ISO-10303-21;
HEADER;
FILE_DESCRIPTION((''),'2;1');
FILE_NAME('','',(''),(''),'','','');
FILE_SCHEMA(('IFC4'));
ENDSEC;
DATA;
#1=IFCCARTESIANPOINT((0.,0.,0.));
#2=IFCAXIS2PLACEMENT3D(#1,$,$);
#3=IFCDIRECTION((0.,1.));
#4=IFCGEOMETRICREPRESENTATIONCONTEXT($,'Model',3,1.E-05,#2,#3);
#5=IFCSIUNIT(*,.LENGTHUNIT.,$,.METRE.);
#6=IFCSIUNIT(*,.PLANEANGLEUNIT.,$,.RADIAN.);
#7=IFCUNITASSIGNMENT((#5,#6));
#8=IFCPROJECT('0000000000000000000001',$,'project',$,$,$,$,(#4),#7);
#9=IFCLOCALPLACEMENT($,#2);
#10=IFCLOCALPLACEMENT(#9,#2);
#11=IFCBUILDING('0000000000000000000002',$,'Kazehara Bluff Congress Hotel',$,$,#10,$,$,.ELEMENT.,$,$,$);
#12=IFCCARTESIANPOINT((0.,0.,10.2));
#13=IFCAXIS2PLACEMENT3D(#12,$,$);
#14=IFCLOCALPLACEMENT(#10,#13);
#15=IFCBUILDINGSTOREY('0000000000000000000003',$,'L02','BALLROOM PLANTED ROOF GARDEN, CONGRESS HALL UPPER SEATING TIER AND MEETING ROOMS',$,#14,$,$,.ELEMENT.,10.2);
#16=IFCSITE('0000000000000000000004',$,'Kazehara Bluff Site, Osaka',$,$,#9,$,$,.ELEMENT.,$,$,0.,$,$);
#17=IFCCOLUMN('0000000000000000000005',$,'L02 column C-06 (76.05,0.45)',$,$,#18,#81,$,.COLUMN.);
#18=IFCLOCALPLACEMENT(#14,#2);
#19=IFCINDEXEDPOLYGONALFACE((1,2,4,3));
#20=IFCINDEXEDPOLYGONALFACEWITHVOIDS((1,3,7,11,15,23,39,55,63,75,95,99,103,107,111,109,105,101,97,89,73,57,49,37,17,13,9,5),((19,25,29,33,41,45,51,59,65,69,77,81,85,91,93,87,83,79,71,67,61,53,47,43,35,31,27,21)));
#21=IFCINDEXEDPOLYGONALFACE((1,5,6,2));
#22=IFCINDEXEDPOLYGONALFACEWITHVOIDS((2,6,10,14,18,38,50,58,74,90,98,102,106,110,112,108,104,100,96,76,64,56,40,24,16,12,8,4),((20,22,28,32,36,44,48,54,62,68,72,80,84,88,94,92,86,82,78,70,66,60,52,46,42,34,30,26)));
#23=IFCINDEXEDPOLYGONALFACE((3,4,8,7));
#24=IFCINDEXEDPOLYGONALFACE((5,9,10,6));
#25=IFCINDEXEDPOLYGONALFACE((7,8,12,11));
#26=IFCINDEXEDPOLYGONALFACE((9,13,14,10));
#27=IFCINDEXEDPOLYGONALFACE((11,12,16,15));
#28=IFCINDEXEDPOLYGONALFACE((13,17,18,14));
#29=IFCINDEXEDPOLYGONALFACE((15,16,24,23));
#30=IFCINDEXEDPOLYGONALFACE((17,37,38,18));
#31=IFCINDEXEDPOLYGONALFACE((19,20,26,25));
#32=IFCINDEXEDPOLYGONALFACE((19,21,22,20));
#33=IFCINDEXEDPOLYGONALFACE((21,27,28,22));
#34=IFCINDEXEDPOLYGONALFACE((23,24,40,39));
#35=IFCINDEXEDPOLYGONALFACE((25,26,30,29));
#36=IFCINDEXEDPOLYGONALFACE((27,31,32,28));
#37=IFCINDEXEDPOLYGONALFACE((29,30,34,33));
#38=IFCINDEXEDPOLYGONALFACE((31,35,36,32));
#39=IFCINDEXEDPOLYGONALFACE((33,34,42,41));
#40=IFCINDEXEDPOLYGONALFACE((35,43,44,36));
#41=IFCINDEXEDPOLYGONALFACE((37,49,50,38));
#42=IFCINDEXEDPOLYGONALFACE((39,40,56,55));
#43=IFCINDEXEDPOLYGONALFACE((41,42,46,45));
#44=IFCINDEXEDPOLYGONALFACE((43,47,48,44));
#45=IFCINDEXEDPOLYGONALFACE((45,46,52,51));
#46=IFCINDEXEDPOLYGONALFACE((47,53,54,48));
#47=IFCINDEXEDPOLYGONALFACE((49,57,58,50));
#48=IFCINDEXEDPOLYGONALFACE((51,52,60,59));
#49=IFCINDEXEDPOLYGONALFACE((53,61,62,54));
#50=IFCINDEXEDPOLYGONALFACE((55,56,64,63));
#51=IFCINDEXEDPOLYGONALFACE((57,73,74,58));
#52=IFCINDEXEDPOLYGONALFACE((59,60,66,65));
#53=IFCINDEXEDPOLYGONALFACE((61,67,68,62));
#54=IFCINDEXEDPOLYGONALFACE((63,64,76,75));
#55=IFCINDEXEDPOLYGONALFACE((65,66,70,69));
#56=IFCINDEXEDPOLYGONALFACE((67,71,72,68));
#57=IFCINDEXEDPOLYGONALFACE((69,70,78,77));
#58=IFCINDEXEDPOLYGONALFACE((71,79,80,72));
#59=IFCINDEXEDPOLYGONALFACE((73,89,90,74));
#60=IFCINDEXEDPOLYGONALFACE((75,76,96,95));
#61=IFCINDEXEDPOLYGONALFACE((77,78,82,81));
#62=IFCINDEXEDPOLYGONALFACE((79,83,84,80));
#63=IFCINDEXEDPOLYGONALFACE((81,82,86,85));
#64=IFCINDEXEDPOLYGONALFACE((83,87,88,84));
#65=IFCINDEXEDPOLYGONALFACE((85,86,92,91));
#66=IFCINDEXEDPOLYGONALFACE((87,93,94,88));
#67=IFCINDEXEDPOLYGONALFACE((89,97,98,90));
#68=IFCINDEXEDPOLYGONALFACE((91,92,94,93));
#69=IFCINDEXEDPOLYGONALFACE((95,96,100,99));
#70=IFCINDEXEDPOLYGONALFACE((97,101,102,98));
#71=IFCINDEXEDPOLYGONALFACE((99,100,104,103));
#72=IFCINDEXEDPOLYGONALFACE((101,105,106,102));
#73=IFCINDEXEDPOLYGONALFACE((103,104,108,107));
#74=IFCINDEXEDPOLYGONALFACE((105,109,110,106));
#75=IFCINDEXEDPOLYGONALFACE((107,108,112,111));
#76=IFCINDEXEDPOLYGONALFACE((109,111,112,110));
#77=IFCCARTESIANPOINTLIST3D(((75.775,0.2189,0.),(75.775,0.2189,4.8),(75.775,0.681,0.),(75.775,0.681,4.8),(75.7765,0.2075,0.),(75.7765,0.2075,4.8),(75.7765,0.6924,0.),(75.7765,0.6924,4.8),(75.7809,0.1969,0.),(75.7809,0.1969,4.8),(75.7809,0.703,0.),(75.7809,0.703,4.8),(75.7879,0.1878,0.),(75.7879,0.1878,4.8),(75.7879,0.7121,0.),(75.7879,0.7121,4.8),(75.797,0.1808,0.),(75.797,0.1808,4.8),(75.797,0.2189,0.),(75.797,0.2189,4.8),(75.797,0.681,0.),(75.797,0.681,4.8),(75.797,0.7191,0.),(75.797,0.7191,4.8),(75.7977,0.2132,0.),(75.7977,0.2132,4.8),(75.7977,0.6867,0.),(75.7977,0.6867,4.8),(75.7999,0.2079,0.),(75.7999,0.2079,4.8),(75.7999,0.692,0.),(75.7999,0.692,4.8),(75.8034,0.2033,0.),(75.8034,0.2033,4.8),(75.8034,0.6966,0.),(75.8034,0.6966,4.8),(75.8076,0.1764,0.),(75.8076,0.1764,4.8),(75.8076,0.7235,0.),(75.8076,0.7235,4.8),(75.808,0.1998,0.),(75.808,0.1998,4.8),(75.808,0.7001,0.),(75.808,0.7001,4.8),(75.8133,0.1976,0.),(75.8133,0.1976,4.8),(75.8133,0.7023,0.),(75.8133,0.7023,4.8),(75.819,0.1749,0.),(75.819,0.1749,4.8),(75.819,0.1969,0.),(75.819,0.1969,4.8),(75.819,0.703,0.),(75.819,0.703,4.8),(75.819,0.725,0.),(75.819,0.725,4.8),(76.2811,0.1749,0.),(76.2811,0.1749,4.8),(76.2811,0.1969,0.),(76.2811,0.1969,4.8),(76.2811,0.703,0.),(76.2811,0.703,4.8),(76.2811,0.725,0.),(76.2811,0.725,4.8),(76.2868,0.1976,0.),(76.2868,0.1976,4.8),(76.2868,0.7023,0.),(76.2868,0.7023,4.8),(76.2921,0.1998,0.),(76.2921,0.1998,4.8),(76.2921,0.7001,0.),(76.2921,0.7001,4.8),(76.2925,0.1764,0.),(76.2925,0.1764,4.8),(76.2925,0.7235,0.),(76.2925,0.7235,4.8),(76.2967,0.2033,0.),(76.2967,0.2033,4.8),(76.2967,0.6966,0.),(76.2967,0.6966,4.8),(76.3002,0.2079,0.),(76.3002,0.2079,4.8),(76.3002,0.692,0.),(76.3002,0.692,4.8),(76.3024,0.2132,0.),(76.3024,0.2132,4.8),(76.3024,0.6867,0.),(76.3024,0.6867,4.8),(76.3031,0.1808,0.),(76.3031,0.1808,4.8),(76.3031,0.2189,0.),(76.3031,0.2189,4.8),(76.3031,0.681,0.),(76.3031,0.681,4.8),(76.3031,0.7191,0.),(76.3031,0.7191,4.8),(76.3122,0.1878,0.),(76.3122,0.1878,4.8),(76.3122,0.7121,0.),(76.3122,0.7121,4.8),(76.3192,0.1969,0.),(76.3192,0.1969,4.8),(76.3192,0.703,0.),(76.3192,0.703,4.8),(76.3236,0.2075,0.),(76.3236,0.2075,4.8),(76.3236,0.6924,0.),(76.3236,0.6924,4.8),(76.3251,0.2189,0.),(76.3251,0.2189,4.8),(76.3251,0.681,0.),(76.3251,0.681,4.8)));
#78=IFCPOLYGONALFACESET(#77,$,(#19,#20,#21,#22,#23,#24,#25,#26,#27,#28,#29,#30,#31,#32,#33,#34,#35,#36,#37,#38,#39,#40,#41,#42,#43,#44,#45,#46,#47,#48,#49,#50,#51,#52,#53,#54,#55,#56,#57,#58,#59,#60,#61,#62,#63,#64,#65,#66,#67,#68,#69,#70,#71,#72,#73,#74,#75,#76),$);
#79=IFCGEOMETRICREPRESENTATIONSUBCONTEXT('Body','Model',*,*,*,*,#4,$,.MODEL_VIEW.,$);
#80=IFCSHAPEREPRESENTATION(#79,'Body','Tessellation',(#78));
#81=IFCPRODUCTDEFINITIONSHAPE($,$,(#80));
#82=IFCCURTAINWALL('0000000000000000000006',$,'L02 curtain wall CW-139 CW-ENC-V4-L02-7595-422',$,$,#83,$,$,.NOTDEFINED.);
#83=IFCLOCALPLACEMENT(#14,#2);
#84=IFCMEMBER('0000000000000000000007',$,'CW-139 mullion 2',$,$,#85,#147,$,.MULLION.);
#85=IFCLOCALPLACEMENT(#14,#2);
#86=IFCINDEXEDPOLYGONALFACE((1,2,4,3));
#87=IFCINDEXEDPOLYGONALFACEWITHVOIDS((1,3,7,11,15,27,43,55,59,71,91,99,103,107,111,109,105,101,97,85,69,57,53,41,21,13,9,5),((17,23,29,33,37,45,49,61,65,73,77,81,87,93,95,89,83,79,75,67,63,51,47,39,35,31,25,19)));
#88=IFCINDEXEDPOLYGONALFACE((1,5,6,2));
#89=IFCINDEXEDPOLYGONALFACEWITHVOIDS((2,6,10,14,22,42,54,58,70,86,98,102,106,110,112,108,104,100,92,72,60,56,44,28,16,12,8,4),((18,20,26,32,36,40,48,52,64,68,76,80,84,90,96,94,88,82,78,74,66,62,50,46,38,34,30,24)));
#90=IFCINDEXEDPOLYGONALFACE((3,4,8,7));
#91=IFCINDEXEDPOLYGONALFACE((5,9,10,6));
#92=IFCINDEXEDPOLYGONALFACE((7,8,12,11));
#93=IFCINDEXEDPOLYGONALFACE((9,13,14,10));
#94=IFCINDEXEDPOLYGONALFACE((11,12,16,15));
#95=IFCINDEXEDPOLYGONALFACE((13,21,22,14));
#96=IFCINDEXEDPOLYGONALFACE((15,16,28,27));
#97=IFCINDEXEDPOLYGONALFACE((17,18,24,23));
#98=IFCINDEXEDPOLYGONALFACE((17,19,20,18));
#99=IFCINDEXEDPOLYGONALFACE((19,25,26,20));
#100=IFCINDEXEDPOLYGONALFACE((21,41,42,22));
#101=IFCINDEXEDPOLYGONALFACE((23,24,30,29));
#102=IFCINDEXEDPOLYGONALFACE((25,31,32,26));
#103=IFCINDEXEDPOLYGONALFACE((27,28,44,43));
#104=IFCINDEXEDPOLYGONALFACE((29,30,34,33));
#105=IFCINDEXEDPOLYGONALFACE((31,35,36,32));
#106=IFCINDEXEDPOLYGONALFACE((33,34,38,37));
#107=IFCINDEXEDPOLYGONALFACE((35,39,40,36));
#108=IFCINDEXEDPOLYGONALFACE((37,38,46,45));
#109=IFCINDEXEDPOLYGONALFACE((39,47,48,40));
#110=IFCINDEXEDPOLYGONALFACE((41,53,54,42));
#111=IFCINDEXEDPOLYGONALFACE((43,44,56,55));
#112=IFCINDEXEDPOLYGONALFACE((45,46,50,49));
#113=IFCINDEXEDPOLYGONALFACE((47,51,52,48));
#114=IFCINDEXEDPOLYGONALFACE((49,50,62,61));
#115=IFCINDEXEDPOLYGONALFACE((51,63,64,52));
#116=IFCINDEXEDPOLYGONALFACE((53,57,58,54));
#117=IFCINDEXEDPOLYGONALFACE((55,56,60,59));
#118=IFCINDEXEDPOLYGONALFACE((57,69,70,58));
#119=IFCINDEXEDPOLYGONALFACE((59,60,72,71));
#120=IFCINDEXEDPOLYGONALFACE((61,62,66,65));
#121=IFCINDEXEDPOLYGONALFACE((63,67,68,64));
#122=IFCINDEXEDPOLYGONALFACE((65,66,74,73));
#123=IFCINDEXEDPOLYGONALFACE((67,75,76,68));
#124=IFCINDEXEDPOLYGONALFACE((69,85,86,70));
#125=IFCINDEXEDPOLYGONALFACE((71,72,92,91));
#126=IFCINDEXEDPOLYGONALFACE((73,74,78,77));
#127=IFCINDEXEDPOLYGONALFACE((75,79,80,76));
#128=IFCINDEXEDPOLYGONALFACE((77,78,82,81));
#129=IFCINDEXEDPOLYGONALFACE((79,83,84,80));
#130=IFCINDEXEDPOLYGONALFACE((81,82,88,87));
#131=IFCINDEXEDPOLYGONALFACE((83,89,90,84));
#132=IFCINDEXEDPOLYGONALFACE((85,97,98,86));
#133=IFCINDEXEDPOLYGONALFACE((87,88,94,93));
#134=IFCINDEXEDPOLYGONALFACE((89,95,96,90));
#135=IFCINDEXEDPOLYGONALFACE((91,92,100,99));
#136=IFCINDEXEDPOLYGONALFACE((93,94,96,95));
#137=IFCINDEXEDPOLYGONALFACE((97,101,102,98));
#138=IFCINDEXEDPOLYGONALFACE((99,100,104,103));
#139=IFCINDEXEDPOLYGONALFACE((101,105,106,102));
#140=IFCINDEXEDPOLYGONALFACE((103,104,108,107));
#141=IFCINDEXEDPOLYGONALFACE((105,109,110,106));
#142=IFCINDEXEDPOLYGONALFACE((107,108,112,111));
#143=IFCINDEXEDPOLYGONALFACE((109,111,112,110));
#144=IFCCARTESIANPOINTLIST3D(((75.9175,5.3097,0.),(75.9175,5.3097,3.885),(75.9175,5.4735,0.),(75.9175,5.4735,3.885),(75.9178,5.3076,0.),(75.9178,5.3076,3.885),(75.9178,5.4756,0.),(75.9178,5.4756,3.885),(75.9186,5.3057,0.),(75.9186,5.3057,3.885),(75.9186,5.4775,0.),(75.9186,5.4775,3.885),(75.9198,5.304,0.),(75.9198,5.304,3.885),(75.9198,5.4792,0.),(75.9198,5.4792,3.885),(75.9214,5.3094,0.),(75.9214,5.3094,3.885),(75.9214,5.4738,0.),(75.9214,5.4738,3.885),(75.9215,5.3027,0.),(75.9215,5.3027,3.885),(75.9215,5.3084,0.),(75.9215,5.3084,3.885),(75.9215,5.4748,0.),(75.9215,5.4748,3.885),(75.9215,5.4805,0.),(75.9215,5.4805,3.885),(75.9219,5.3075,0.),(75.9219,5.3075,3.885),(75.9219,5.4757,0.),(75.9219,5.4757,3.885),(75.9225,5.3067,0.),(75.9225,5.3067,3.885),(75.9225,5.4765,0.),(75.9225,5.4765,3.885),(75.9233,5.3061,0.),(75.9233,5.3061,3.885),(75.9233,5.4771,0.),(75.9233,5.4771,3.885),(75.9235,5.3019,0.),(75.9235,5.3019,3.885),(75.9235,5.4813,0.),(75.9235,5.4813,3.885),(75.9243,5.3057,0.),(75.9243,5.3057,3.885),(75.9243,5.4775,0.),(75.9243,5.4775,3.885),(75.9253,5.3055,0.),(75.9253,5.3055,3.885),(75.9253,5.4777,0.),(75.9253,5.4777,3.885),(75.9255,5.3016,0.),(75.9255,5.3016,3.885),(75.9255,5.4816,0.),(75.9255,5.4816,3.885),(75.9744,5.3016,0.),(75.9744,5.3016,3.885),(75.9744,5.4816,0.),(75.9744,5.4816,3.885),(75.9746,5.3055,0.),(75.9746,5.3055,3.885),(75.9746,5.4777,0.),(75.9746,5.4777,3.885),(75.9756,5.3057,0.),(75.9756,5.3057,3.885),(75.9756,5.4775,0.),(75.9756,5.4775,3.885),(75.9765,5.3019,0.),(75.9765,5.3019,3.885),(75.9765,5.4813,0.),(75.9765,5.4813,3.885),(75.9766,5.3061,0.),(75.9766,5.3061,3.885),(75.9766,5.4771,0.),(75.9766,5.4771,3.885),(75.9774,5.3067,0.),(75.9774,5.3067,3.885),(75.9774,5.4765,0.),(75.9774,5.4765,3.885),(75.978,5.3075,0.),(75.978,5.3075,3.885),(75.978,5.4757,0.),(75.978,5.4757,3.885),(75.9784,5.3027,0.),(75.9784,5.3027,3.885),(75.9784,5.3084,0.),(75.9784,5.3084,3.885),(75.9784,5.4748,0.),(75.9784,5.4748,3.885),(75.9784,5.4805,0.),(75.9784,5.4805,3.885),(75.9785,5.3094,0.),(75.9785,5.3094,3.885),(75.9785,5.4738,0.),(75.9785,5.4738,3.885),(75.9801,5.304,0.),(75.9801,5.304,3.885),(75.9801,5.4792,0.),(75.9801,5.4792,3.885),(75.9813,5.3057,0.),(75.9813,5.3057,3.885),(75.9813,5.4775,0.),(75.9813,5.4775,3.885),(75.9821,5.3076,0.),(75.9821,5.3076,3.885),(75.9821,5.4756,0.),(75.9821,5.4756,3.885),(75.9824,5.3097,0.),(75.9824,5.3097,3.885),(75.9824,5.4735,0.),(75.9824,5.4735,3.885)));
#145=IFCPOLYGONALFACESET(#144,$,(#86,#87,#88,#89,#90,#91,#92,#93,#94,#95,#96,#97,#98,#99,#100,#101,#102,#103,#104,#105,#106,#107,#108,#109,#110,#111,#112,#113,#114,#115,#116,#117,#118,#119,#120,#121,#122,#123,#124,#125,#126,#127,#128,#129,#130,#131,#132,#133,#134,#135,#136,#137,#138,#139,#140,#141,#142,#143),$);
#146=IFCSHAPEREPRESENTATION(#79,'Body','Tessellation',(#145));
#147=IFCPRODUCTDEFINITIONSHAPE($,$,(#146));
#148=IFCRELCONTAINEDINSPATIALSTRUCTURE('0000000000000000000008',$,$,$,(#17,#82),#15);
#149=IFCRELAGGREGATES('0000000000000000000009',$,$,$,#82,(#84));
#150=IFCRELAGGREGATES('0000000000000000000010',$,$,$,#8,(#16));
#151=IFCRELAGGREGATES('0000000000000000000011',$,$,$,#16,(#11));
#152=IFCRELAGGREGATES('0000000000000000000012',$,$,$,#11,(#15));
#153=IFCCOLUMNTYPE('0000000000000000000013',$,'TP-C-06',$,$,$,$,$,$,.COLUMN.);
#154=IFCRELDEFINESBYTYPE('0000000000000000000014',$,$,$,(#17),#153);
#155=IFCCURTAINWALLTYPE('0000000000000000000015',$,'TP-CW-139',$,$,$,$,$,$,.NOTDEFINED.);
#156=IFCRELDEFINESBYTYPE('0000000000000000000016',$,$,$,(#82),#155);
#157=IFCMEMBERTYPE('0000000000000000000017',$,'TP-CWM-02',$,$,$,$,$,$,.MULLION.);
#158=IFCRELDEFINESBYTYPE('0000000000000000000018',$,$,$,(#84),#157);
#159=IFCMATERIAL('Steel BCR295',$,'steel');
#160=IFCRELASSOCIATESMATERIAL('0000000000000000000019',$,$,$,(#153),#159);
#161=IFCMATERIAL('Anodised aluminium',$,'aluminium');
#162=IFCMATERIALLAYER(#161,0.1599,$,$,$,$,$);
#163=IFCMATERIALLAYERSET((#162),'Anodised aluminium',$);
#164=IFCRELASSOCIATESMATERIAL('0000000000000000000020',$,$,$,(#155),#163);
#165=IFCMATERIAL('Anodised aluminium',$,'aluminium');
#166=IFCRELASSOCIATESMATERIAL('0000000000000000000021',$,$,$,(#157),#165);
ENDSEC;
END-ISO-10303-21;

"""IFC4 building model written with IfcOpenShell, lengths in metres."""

from ifc_helpers import new_model, si_unit, direction, frame, origin, origin_2d, place, context, subcontext, project, spatial, hollow_rectangle, extrude, material, layer, layer_set, material_profile, profile_set, type_object, element, aggregate, save


model = new_model("IFC4")

# Units and contexts
model_context = context("Model", 3, precision=1e-05, world=origin(), true_north=direction((0.0, 1.0)))
body_context = subcontext(model_context, "Body", "Model", "MODEL_VIEW")
ifc_project = project(units=[si_unit("LENGTHUNIT", "METRE"), si_unit("PLANEANGLEUNIT", "RADIAN")], contexts=[model_context])

# Site, building, storey
site_placement = place(None, origin())
site = spatial("IfcSite", under=ifc_project, at=site_placement, Name="Kazehara Bluff Site, Osaka", CompositionType="ELEMENT", RefElevation=0.0)
building_placement = place(site_placement, origin())
building = spatial("IfcBuilding", under=site, at=building_placement, Name="Kazehara Bluff Congress Hotel", CompositionType="ELEMENT")
storey_placement = place(building_placement, frame((0.0, 0.0, 10.2)))
storey = spatial("IfcBuildingStorey", under=building, at=storey_placement, Name="L02", Description="BALLROOM PLANTED ROOF GARDEN, CONGRESS HALL UPPER SEATING TIER AND MEETING ROOMS", CompositionType="ELEMENT", Elevation=10.2)

# Column
ifc_material_1 = material(Name="Steel BCR295", Category="steel")
ifc_material_profile_1 = material_profile(ifc_material_1, hollow_rectangle(XDim=0.55, YDim=0.55, WallThickness=0.022, InnerFilletRadius=0.022, OuterFilletRadius=0.0439, at=origin_2d()))
ifc_profile_set_1 = profile_set([ifc_material_profile_1], Name="Steel BCR295")
column_type = type_object("IfcColumnType", Name="TP-C-06", PredefinedType="COLUMN", material=ifc_profile_set_1)
column_placement = place(storey_placement, frame((76.05, 0.45, 0.0), z_axis=(0.0, 0.0, 1.0), x_axis=(1.0, 0.0, 0.0)))
element("IfcColumn", 1, at=column_placement, inside=storey, type_object=column_type, Name="L02 column C-06 (76.05,0.45)", PredefinedType="COLUMN", context=body_context, shape_type="SweptSolid", body=[
    extrude(hollow_rectangle(XDim=0.55, YDim=0.55, WallThickness=0.022, InnerFilletRadius=0.022, OuterFilletRadius=0.0439, at=origin_2d()), origin(), (0.0, 0.0, 1.0), 4.8),
])

# Curtain wall, member
ifc_material_2 = material(Name="Anodised aluminium", Category="aluminium")
ifc_layer_1 = layer(ifc_material_2, 0.1599)
ifc_layer_set_1 = layer_set([ifc_layer_1], Name="Anodised aluminium")
curtain_wall_type = type_object("IfcCurtainWallType", Name="TP-CW-139", PredefinedType="NOTDEFINED", material=ifc_layer_set_1)
curtain_wall_placement = place(storey_placement, origin())
curtain_wall = element("IfcCurtainWall", 2, at=curtain_wall_placement, inside=storey, type_object=curtain_wall_type, Name="L02 curtain wall CW-139 CW-ENC-V4-L02-7595-422", PredefinedType="NOTDEFINED")
ifc_material_3 = material(Name="Anodised aluminium", Category="aluminium")
ifc_material_profile_2 = material_profile(ifc_material_3, hollow_rectangle(XDim=0.0649, YDim=0.1799, WallThickness=0.0039, InnerFilletRadius=0.0039, OuterFilletRadius=0.0081, at=origin_2d()))
ifc_profile_set_2 = profile_set([ifc_material_profile_2], Name="Anodised aluminium")
member_type_1 = type_object("IfcMemberType", Name="TP-CWM-02", PredefinedType="MULLION", material=ifc_profile_set_2)
member_1_placement = place(storey_placement, frame((75.95, 5.3916, 0.0), z_axis=(0.0, 0.0, 1.0), x_axis=(1.0, 0.0, 0.0)))
member_1 = element("IfcMember", 3, at=member_1_placement, type_object=member_type_1, Name="CW-139 mullion 2", PredefinedType="MULLION", context=body_context, shape_type="SweptSolid", body=[
    extrude(hollow_rectangle(XDim=0.0649, YDim=0.1799, WallThickness=0.0039, InnerFilletRadius=0.0039, OuterFilletRadius=0.0081, at=origin_2d()), origin(), (0.0, 0.0, 1.0), 3.885),
])

aggregate(curtain_wall, [member_1])

save(model, "model.ifc")
